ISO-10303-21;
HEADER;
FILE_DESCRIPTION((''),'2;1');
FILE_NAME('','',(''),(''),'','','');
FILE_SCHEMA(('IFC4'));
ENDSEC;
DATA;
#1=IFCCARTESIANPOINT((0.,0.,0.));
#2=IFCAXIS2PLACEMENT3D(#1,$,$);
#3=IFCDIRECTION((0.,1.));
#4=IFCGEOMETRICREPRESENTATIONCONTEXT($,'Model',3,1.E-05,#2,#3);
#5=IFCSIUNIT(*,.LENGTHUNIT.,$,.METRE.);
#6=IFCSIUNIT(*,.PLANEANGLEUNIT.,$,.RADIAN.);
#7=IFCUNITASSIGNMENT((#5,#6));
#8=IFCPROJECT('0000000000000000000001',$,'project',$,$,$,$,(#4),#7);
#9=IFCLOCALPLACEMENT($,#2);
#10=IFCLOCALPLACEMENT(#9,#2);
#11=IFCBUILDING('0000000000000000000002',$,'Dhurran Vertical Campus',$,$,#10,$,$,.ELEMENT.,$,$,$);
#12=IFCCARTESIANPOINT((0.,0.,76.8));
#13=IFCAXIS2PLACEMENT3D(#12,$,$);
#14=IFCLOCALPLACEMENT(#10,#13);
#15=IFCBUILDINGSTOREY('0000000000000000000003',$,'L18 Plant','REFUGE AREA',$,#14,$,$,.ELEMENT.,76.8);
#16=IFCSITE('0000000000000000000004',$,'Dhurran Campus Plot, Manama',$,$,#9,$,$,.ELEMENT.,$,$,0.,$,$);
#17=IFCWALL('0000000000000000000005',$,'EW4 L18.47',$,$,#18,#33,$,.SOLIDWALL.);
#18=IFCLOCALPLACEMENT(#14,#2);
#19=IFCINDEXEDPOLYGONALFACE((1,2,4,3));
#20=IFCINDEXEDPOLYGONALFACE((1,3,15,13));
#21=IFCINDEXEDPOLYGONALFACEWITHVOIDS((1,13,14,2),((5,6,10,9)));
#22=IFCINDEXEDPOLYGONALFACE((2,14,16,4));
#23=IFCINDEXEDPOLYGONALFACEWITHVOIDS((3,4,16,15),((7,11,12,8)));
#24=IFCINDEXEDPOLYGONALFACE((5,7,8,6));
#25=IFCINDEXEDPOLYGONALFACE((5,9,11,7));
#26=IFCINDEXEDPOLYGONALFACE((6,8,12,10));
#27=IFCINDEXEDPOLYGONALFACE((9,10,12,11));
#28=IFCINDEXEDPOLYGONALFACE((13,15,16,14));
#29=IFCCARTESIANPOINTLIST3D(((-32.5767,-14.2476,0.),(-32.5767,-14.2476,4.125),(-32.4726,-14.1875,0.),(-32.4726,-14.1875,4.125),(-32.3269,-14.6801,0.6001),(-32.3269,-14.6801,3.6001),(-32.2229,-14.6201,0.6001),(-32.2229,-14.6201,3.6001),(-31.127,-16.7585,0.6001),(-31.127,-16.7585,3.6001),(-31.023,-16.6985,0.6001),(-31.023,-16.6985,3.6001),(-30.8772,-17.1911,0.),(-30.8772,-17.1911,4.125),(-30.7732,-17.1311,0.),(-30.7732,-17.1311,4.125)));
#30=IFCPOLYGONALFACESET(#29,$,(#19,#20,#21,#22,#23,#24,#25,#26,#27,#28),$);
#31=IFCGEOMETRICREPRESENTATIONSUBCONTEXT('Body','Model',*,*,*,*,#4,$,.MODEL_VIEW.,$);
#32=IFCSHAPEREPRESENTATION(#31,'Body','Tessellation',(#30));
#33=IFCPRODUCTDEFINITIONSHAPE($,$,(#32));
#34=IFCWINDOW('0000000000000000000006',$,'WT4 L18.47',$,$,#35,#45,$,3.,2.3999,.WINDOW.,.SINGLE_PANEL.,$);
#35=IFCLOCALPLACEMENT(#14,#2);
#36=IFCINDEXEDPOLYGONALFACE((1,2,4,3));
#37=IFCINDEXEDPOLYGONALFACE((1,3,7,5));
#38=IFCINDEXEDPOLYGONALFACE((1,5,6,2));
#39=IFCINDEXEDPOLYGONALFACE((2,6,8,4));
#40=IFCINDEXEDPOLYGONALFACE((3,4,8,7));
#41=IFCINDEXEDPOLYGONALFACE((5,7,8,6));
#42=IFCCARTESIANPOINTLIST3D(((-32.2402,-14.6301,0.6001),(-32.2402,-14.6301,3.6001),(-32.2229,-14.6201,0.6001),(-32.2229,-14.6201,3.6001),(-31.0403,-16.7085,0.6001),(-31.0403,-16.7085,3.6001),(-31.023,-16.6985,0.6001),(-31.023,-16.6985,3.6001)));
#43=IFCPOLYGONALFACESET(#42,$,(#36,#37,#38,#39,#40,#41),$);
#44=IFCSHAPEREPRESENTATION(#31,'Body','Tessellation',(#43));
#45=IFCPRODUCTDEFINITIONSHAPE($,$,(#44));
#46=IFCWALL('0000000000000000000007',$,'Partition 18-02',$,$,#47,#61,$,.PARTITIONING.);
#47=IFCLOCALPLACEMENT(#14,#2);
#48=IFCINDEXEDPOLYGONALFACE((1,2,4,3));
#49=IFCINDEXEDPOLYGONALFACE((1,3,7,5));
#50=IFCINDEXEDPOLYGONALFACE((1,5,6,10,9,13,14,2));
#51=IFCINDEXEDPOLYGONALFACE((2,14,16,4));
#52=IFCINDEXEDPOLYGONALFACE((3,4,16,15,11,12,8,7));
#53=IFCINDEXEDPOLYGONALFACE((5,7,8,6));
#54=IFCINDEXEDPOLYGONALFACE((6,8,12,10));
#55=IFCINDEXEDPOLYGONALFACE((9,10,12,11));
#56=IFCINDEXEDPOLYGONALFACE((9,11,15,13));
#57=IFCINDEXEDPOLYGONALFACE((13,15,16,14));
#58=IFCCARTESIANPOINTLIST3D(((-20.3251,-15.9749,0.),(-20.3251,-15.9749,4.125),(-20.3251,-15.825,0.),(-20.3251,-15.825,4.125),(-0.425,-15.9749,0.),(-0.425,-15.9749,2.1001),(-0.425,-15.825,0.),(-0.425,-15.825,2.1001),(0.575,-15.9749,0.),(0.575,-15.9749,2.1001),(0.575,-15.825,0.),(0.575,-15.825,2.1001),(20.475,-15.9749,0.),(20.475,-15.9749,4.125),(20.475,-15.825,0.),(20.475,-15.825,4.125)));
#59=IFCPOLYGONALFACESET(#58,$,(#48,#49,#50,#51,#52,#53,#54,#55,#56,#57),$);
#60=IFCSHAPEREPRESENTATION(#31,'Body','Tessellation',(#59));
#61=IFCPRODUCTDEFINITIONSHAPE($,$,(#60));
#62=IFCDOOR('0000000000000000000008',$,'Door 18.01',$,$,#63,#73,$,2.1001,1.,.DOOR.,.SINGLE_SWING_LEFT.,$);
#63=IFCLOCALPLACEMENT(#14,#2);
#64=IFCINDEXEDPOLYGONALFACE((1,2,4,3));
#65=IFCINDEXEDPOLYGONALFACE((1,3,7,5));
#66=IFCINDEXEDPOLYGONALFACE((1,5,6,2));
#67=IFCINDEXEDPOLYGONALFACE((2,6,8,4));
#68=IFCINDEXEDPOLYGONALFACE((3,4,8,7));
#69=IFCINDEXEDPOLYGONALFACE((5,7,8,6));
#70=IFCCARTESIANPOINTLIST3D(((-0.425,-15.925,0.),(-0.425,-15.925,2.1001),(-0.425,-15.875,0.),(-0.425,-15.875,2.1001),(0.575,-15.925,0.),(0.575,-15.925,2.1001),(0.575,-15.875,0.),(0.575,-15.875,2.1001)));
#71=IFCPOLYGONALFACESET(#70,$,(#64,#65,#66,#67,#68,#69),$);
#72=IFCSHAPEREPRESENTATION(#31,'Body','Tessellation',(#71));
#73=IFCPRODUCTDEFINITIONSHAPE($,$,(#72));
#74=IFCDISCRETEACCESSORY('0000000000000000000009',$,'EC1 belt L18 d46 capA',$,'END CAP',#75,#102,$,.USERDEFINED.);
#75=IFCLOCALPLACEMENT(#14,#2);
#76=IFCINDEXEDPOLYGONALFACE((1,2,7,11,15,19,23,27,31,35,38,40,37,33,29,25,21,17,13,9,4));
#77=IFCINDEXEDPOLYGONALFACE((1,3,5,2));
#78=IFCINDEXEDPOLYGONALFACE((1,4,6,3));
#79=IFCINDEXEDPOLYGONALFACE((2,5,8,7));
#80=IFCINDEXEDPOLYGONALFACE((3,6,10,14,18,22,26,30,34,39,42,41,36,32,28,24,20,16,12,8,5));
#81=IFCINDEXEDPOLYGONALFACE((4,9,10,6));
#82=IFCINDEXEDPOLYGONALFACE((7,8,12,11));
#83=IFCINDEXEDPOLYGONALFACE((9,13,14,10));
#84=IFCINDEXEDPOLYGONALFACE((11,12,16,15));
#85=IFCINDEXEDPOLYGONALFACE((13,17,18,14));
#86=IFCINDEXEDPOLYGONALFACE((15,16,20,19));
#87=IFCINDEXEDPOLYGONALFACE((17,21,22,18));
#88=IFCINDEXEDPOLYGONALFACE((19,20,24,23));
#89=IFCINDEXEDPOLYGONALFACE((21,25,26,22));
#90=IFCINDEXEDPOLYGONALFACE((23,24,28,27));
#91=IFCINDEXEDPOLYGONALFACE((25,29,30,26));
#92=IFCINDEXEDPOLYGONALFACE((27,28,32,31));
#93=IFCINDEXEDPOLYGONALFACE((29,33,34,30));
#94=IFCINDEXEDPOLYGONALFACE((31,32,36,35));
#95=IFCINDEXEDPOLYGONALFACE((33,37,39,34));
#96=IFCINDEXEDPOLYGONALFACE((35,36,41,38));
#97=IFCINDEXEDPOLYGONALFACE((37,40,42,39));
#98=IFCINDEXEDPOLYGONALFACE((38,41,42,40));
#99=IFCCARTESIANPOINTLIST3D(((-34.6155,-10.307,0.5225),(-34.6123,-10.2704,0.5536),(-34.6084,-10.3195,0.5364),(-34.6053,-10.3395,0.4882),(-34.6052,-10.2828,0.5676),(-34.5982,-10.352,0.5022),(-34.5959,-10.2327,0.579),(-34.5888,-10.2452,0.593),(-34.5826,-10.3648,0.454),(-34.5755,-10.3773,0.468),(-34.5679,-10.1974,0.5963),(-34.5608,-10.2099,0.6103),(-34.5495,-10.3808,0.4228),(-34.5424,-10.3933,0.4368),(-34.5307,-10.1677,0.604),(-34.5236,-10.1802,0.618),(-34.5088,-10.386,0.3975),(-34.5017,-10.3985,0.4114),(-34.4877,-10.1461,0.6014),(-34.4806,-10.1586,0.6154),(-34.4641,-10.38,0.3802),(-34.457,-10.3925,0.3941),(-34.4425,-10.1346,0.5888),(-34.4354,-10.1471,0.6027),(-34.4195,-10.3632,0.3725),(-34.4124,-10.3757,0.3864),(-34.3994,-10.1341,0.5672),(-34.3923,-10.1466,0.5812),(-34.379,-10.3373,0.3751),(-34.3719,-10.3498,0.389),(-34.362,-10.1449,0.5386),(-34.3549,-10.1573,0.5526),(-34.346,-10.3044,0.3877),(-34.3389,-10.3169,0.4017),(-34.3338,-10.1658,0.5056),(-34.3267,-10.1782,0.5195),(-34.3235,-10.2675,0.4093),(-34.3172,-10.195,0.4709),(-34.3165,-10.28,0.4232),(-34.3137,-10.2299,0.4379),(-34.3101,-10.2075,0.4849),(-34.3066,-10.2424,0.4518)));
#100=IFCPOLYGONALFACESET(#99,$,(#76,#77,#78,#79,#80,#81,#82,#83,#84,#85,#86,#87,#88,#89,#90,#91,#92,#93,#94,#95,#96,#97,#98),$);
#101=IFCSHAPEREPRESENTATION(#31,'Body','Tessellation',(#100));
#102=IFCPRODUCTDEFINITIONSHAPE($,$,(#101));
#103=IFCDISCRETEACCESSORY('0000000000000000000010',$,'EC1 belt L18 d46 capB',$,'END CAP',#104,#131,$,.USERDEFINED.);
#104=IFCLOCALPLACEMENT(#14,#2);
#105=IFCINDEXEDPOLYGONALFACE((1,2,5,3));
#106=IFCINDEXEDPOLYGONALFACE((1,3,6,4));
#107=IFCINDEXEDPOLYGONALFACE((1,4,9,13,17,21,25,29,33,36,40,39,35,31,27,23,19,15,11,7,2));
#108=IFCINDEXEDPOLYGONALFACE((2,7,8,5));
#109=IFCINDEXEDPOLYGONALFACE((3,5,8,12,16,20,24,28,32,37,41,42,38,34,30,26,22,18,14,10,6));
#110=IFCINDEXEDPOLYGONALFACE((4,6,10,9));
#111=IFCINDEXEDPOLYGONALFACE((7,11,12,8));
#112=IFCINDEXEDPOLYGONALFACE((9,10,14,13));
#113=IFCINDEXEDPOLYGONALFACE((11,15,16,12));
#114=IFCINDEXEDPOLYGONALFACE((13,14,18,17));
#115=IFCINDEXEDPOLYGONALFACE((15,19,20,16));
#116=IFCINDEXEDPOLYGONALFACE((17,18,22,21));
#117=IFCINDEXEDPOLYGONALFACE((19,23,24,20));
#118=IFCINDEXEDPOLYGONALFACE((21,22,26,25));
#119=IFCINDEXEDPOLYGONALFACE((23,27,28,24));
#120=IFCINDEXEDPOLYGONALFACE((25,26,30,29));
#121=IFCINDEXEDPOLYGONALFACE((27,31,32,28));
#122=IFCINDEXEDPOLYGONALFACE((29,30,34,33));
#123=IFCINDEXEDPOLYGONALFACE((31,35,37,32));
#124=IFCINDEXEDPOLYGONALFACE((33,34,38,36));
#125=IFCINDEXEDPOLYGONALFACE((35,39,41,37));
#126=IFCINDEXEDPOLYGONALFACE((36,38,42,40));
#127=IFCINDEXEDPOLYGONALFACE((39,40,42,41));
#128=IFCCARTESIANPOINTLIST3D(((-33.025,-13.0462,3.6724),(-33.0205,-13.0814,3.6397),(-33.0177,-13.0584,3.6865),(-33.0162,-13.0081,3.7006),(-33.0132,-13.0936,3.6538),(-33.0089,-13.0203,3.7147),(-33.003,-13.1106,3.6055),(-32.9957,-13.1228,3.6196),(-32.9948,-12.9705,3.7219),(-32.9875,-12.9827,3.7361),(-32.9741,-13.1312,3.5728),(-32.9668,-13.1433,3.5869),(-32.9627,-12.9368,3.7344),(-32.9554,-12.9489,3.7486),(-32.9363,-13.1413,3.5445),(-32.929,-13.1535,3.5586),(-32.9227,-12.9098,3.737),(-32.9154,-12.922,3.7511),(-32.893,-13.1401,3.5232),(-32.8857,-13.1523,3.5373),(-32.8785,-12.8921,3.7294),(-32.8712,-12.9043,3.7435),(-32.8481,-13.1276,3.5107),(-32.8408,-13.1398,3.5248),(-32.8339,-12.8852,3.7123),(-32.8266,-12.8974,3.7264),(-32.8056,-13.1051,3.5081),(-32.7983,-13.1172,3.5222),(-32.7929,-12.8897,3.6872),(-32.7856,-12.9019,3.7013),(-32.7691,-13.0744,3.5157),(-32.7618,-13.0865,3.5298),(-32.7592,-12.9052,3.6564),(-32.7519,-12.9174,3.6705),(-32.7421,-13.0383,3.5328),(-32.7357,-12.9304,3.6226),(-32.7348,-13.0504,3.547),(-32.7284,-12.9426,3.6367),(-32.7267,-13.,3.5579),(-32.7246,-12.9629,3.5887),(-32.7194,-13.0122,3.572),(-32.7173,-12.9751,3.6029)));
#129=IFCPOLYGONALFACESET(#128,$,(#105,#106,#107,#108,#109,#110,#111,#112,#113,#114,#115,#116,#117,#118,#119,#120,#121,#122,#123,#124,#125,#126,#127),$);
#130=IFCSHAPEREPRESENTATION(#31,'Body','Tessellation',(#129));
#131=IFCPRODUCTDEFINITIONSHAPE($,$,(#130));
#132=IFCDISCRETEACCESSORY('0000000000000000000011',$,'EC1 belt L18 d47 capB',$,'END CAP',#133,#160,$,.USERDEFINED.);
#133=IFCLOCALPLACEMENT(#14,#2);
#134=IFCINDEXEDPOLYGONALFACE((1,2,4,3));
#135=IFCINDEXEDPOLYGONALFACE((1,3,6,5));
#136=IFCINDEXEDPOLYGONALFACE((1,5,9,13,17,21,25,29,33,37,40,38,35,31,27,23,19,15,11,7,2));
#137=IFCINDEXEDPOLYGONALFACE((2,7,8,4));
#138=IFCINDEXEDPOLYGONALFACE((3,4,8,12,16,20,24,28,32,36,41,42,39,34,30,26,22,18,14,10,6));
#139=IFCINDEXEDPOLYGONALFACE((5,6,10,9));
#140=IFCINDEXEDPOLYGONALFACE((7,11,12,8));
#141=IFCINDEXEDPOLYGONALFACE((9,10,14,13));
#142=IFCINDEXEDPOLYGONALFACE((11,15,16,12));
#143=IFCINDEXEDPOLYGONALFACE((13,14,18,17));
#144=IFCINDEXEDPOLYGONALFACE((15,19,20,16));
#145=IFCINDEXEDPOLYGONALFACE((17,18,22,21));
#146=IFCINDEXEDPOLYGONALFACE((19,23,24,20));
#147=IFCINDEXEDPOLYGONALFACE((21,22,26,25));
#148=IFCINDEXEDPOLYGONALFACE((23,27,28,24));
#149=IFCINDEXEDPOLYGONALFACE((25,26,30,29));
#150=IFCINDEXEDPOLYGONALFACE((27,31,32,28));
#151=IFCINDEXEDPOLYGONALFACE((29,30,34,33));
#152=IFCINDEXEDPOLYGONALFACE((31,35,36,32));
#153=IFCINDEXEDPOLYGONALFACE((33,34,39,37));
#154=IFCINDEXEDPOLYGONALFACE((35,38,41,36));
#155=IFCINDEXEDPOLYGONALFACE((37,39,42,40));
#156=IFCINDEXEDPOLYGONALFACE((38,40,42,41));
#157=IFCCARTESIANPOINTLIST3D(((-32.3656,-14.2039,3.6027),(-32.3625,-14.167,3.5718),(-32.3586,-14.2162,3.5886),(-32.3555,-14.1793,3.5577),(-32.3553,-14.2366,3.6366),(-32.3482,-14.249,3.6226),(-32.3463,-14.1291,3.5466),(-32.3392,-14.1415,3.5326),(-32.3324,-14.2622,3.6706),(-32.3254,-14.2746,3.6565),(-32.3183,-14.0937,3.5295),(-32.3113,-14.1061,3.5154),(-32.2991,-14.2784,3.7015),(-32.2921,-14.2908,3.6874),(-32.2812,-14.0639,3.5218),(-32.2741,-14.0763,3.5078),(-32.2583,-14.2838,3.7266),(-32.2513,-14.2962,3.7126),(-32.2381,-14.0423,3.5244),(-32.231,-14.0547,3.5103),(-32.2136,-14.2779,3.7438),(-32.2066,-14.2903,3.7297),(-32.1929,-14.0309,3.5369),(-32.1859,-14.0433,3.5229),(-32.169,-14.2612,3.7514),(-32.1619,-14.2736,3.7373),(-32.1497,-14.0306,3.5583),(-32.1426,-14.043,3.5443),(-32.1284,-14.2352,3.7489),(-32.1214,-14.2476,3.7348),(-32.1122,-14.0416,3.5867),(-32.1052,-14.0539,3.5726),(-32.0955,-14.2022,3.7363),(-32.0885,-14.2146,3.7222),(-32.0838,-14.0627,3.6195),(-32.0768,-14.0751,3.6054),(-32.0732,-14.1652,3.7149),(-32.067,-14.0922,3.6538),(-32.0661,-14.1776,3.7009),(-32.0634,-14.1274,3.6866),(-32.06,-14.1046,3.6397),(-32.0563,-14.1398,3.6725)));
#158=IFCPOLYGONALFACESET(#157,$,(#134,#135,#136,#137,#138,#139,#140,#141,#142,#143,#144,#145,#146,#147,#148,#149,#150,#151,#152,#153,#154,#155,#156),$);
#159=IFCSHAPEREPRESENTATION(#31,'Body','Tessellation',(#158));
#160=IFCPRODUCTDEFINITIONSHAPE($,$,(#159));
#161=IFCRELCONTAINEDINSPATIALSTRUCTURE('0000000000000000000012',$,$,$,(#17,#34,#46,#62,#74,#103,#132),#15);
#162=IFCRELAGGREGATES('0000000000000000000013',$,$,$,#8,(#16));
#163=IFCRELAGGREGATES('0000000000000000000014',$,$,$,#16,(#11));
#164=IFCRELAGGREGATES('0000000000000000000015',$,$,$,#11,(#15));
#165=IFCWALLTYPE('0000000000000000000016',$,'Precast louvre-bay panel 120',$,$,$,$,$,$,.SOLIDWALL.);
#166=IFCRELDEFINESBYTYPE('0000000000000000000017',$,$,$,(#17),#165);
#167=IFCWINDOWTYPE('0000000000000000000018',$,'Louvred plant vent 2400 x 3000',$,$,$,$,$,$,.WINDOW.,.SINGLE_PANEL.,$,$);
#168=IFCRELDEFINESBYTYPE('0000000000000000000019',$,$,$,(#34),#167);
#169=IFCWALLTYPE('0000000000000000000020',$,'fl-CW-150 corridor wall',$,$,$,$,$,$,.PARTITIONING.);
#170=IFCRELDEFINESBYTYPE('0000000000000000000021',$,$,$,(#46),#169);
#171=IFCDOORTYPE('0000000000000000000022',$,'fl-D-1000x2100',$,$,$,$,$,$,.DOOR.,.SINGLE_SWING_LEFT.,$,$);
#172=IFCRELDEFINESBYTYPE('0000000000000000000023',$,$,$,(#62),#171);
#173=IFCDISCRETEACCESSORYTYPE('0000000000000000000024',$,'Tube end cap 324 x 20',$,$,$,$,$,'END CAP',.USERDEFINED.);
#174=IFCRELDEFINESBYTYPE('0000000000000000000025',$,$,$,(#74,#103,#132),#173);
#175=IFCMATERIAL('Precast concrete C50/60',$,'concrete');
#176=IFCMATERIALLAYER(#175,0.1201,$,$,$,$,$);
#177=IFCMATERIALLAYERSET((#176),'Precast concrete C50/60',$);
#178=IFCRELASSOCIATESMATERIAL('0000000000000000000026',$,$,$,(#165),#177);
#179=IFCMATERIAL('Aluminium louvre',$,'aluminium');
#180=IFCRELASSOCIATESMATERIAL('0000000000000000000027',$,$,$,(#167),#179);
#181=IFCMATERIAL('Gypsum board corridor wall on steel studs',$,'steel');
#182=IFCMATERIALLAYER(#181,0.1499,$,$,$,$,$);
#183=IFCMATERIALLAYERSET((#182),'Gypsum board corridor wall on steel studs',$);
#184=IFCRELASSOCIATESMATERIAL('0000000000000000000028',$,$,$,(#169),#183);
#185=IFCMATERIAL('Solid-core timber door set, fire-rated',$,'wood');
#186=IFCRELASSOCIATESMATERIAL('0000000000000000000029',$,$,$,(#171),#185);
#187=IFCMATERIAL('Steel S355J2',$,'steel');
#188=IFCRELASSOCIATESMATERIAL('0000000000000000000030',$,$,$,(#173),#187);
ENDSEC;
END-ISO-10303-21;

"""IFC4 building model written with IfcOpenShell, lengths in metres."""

from ifc_helpers import new_model, si_unit, direction, frame, frame_2d, origin, origin_2d, place, context, subcontext, project, spatial, rectangle, circle, extrude, material, layer, layer_set, material_profile, profile_set, type_object, element, fill, save


model = new_model("IFC4")

# Units and contexts
model_context = context("Model", 3, precision=1e-05, world=origin(), true_north=direction((0.0, 1.0)))
body_context = subcontext(model_context, "Body", "Model", "MODEL_VIEW")
ifc_project = project(units=[si_unit("LENGTHUNIT", "METRE"), si_unit("PLANEANGLEUNIT", "RADIAN")], contexts=[model_context])

# Site, building, storey
site_placement = place(None, origin())
site = spatial("IfcSite", under=ifc_project, at=site_placement, Name="Dhurran Campus Plot, Manama", CompositionType="ELEMENT", RefElevation=0.0)
building_placement = place(site_placement, origin())
building = spatial("IfcBuilding", under=site, at=building_placement, Name="Dhurran Vertical Campus", CompositionType="ELEMENT")
storey_placement = place(building_placement, frame((0.0, 0.0, 76.8)))
storey = spatial("IfcBuildingStorey", under=building, at=storey_placement, Name="L18 Plant", Description="REFUGE AREA", CompositionType="ELEMENT", Elevation=76.8)

# Wall, opening, window
ifc_material_1 = material(Name="Precast concrete C50/60", Category="concrete")
ifc_layer_1 = layer(ifc_material_1, 0.1201)
ifc_layer_set_1 = layer_set([ifc_layer_1], Name="Precast concrete C50/60")
wall_type_1 = type_object("IfcWallType", Name="Precast louvre-bay panel 120", PredefinedType="SOLIDWALL", material=ifc_layer_set_1)
ifc_material_2 = material(Name="Aluminium louvre", Category="aluminium")
window_type = type_object("IfcWindowType", Name="Louvred plant vent 2400 x 3000", PartitioningType="SINGLE_PANEL", PredefinedType="WINDOW", material=ifc_material_2)
wall_1_placement = place(storey_placement, frame((-32.5247, -14.2175, 0.0), z_axis=(0.0, 0.0, 1.0), x_axis=(0.499994, -0.866029, 0.0)))
wall_1 = element("IfcWall", 1, at=wall_1_placement, inside=storey, type_object=wall_type_1, Name="EW4 L18.47", PredefinedType="SOLIDWALL", context=body_context, shape_type="SweptSolid", body=[
    extrude(rectangle(XDim=3.3989, YDim=0.1201, at=frame_2d((1.6995, 0.0))), origin(), (0.0, 0.0, 1.0), 4.125),
])
opening_1_placement = place(wall_1_placement, frame((0.4995, 0.0, 0.6001)))
opening_1 = element("IfcOpeningElement", 2, at=opening_1_placement, cuts=wall_1, PredefinedType="OPENING", context=body_context, shape_type="SweptSolid", body=[
    extrude(rectangle(XDim=2.3999, YDim=3.0, at=frame_2d((1.2, 1.5))), frame((0.0, 0.0701, 0.0), z_axis=(0.0, -1.0, 0.0), x_axis=(1.0, 0.0, 0.0)), (0.0, 0.0, 1.0), 0.1401),
])
window_1_placement = place(opening_1_placement, origin())
window_1 = element("IfcWindow", 3, at=window_1_placement, inside=storey, type_object=window_type, Name="WT4 L18.47", OverallHeight=3.0, OverallWidth=2.3999, PartitioningType="SINGLE_PANEL", PredefinedType="WINDOW", context=body_context, shape_type="SweptSolid", body=[
    extrude(rectangle(XDim=2.3999, YDim=3.0, at=frame_2d((1.2, 1.5))), frame((0.0, 0.0601, 0.0), z_axis=(0.0, -1.0, 0.0), x_axis=(1.0, 0.0, 0.0)), (0.0, 0.0, 1.0), 0.02),
])
fill(opening_1, window_1)

# Wall, opening, door
ifc_material_3 = material(Name="Gypsum board corridor wall on steel studs", Category="steel")
ifc_layer_2 = layer(ifc_material_3, 0.1499)
ifc_layer_set_2 = layer_set([ifc_layer_2], Name="Gypsum board corridor wall on steel studs")
wall_type_2 = type_object("IfcWallType", Name="fl-CW-150 corridor wall", PredefinedType="PARTITIONING", material=ifc_layer_set_2)
wall_2_placement = place(storey_placement, frame((-20.325, -15.8999, 0.0), z_axis=(0.0, 0.0, 1.0), x_axis=(1.0, 0.0, 0.0)))
wall_2 = element("IfcWall", 4, at=wall_2_placement, inside=storey, type_object=wall_type_2, Name="Partition 18-02", PredefinedType="PARTITIONING", context=body_context, shape_type="SweptSolid", body=[
    extrude(rectangle(XDim=40.8, YDim=0.1499, at=frame_2d((20.3999, 0.0))), origin(), (0.0, 0.0, 1.0), 4.125),
])
opening_2_placement = place(wall_2_placement, frame((19.8999, 0.0, 0.0)))
opening_2 = element("IfcOpeningElement", 5, at=opening_2_placement, cuts=wall_2, PredefinedType="OPENING", context=body_context, shape_type="SweptSolid", body=[
    extrude(rectangle(XDim=1.0, YDim=2.1001, at=frame_2d((0.5, 1.05))), frame((0.0, 0.085, 0.0), z_axis=(0.0, -1.0, 0.0), x_axis=(1.0, 0.0, 0.0)), (0.0, 0.0, 1.0), 0.1699),
])
ifc_material_4 = material(Name="Solid-core timber door set, fire-rated", Category="wood")
door_type = type_object("IfcDoorType", Name="fl-D-1000x2100", OperationType="SINGLE_SWING_LEFT", PredefinedType="DOOR", material=ifc_material_4)
door_placement = place(opening_2_placement, origin())
door = element("IfcDoor", 6, at=door_placement, inside=storey, type_object=door_type, Name="Door 18.01", OperationType="SINGLE_SWING_LEFT", OverallHeight=2.1001, OverallWidth=1.0, PredefinedType="DOOR", context=body_context, shape_type="SweptSolid", body=[
    extrude(rectangle(XDim=1.0, YDim=2.1001, at=frame_2d((0.5, 1.05))), frame((0.0, 0.0249, 0.0), z_axis=(0.0, -1.0, 0.0), x_axis=(1.0, 0.0, 0.0)), (0.0, 0.0, 1.0), 0.05),
])
fill(opening_2, door)

# Discrete accessories
ifc_material_5 = material(Name="Steel S355J2", Category="steel")
ifc_material_profile_1 = material_profile(ifc_material_5, circle(Radius=0.1619, at=origin_2d()), Name="Tube end cap 324 x 20")
ifc_profile_set_1 = profile_set([ifc_material_profile_1], Name="Steel S355J2")
discrete_accessory_type = type_object("IfcDiscreteAccessoryType", Name="Tube end cap 324 x 20", ElementType="END CAP", PredefinedType="USERDEFINED", material=ifc_profile_set_1)
for number, where, z_axis, x_axis, name in (
    (7, (-34.4575, -10.272, 0.5022), (-0.35453, 0.623483, -0.696834), (-0.86929, -0.494302, 0.0), "EC1 belt L18 d46 capA"),
    (8, (-32.8745, -13.0137, 3.6226), (0.36477, -0.60795, 0.705223), (0.857493, 0.514496, 0.0), "EC1 belt L18 d46 capB"),
    (9, (-32.2075, -14.1689, 3.6226), (-0.351522, 0.618193, 0.703043), (-0.86929, -0.494302, 0.0), "EC1 belt L18 d47 capB"),
):
    element("IfcDiscreteAccessory", number, at=place(storey_placement, frame(where, z_axis=z_axis, x_axis=x_axis)), inside=storey, type_object=discrete_accessory_type, Name=name, ObjectType="END CAP", PredefinedType="USERDEFINED", context=body_context, shape_type="SweptSolid", body=[
        extrude(circle(Radius=0.1619, at=origin_2d()), origin(), (0.0, 0.0, 1.0), 0.02),
    ])

save(model, "model.ifc")
